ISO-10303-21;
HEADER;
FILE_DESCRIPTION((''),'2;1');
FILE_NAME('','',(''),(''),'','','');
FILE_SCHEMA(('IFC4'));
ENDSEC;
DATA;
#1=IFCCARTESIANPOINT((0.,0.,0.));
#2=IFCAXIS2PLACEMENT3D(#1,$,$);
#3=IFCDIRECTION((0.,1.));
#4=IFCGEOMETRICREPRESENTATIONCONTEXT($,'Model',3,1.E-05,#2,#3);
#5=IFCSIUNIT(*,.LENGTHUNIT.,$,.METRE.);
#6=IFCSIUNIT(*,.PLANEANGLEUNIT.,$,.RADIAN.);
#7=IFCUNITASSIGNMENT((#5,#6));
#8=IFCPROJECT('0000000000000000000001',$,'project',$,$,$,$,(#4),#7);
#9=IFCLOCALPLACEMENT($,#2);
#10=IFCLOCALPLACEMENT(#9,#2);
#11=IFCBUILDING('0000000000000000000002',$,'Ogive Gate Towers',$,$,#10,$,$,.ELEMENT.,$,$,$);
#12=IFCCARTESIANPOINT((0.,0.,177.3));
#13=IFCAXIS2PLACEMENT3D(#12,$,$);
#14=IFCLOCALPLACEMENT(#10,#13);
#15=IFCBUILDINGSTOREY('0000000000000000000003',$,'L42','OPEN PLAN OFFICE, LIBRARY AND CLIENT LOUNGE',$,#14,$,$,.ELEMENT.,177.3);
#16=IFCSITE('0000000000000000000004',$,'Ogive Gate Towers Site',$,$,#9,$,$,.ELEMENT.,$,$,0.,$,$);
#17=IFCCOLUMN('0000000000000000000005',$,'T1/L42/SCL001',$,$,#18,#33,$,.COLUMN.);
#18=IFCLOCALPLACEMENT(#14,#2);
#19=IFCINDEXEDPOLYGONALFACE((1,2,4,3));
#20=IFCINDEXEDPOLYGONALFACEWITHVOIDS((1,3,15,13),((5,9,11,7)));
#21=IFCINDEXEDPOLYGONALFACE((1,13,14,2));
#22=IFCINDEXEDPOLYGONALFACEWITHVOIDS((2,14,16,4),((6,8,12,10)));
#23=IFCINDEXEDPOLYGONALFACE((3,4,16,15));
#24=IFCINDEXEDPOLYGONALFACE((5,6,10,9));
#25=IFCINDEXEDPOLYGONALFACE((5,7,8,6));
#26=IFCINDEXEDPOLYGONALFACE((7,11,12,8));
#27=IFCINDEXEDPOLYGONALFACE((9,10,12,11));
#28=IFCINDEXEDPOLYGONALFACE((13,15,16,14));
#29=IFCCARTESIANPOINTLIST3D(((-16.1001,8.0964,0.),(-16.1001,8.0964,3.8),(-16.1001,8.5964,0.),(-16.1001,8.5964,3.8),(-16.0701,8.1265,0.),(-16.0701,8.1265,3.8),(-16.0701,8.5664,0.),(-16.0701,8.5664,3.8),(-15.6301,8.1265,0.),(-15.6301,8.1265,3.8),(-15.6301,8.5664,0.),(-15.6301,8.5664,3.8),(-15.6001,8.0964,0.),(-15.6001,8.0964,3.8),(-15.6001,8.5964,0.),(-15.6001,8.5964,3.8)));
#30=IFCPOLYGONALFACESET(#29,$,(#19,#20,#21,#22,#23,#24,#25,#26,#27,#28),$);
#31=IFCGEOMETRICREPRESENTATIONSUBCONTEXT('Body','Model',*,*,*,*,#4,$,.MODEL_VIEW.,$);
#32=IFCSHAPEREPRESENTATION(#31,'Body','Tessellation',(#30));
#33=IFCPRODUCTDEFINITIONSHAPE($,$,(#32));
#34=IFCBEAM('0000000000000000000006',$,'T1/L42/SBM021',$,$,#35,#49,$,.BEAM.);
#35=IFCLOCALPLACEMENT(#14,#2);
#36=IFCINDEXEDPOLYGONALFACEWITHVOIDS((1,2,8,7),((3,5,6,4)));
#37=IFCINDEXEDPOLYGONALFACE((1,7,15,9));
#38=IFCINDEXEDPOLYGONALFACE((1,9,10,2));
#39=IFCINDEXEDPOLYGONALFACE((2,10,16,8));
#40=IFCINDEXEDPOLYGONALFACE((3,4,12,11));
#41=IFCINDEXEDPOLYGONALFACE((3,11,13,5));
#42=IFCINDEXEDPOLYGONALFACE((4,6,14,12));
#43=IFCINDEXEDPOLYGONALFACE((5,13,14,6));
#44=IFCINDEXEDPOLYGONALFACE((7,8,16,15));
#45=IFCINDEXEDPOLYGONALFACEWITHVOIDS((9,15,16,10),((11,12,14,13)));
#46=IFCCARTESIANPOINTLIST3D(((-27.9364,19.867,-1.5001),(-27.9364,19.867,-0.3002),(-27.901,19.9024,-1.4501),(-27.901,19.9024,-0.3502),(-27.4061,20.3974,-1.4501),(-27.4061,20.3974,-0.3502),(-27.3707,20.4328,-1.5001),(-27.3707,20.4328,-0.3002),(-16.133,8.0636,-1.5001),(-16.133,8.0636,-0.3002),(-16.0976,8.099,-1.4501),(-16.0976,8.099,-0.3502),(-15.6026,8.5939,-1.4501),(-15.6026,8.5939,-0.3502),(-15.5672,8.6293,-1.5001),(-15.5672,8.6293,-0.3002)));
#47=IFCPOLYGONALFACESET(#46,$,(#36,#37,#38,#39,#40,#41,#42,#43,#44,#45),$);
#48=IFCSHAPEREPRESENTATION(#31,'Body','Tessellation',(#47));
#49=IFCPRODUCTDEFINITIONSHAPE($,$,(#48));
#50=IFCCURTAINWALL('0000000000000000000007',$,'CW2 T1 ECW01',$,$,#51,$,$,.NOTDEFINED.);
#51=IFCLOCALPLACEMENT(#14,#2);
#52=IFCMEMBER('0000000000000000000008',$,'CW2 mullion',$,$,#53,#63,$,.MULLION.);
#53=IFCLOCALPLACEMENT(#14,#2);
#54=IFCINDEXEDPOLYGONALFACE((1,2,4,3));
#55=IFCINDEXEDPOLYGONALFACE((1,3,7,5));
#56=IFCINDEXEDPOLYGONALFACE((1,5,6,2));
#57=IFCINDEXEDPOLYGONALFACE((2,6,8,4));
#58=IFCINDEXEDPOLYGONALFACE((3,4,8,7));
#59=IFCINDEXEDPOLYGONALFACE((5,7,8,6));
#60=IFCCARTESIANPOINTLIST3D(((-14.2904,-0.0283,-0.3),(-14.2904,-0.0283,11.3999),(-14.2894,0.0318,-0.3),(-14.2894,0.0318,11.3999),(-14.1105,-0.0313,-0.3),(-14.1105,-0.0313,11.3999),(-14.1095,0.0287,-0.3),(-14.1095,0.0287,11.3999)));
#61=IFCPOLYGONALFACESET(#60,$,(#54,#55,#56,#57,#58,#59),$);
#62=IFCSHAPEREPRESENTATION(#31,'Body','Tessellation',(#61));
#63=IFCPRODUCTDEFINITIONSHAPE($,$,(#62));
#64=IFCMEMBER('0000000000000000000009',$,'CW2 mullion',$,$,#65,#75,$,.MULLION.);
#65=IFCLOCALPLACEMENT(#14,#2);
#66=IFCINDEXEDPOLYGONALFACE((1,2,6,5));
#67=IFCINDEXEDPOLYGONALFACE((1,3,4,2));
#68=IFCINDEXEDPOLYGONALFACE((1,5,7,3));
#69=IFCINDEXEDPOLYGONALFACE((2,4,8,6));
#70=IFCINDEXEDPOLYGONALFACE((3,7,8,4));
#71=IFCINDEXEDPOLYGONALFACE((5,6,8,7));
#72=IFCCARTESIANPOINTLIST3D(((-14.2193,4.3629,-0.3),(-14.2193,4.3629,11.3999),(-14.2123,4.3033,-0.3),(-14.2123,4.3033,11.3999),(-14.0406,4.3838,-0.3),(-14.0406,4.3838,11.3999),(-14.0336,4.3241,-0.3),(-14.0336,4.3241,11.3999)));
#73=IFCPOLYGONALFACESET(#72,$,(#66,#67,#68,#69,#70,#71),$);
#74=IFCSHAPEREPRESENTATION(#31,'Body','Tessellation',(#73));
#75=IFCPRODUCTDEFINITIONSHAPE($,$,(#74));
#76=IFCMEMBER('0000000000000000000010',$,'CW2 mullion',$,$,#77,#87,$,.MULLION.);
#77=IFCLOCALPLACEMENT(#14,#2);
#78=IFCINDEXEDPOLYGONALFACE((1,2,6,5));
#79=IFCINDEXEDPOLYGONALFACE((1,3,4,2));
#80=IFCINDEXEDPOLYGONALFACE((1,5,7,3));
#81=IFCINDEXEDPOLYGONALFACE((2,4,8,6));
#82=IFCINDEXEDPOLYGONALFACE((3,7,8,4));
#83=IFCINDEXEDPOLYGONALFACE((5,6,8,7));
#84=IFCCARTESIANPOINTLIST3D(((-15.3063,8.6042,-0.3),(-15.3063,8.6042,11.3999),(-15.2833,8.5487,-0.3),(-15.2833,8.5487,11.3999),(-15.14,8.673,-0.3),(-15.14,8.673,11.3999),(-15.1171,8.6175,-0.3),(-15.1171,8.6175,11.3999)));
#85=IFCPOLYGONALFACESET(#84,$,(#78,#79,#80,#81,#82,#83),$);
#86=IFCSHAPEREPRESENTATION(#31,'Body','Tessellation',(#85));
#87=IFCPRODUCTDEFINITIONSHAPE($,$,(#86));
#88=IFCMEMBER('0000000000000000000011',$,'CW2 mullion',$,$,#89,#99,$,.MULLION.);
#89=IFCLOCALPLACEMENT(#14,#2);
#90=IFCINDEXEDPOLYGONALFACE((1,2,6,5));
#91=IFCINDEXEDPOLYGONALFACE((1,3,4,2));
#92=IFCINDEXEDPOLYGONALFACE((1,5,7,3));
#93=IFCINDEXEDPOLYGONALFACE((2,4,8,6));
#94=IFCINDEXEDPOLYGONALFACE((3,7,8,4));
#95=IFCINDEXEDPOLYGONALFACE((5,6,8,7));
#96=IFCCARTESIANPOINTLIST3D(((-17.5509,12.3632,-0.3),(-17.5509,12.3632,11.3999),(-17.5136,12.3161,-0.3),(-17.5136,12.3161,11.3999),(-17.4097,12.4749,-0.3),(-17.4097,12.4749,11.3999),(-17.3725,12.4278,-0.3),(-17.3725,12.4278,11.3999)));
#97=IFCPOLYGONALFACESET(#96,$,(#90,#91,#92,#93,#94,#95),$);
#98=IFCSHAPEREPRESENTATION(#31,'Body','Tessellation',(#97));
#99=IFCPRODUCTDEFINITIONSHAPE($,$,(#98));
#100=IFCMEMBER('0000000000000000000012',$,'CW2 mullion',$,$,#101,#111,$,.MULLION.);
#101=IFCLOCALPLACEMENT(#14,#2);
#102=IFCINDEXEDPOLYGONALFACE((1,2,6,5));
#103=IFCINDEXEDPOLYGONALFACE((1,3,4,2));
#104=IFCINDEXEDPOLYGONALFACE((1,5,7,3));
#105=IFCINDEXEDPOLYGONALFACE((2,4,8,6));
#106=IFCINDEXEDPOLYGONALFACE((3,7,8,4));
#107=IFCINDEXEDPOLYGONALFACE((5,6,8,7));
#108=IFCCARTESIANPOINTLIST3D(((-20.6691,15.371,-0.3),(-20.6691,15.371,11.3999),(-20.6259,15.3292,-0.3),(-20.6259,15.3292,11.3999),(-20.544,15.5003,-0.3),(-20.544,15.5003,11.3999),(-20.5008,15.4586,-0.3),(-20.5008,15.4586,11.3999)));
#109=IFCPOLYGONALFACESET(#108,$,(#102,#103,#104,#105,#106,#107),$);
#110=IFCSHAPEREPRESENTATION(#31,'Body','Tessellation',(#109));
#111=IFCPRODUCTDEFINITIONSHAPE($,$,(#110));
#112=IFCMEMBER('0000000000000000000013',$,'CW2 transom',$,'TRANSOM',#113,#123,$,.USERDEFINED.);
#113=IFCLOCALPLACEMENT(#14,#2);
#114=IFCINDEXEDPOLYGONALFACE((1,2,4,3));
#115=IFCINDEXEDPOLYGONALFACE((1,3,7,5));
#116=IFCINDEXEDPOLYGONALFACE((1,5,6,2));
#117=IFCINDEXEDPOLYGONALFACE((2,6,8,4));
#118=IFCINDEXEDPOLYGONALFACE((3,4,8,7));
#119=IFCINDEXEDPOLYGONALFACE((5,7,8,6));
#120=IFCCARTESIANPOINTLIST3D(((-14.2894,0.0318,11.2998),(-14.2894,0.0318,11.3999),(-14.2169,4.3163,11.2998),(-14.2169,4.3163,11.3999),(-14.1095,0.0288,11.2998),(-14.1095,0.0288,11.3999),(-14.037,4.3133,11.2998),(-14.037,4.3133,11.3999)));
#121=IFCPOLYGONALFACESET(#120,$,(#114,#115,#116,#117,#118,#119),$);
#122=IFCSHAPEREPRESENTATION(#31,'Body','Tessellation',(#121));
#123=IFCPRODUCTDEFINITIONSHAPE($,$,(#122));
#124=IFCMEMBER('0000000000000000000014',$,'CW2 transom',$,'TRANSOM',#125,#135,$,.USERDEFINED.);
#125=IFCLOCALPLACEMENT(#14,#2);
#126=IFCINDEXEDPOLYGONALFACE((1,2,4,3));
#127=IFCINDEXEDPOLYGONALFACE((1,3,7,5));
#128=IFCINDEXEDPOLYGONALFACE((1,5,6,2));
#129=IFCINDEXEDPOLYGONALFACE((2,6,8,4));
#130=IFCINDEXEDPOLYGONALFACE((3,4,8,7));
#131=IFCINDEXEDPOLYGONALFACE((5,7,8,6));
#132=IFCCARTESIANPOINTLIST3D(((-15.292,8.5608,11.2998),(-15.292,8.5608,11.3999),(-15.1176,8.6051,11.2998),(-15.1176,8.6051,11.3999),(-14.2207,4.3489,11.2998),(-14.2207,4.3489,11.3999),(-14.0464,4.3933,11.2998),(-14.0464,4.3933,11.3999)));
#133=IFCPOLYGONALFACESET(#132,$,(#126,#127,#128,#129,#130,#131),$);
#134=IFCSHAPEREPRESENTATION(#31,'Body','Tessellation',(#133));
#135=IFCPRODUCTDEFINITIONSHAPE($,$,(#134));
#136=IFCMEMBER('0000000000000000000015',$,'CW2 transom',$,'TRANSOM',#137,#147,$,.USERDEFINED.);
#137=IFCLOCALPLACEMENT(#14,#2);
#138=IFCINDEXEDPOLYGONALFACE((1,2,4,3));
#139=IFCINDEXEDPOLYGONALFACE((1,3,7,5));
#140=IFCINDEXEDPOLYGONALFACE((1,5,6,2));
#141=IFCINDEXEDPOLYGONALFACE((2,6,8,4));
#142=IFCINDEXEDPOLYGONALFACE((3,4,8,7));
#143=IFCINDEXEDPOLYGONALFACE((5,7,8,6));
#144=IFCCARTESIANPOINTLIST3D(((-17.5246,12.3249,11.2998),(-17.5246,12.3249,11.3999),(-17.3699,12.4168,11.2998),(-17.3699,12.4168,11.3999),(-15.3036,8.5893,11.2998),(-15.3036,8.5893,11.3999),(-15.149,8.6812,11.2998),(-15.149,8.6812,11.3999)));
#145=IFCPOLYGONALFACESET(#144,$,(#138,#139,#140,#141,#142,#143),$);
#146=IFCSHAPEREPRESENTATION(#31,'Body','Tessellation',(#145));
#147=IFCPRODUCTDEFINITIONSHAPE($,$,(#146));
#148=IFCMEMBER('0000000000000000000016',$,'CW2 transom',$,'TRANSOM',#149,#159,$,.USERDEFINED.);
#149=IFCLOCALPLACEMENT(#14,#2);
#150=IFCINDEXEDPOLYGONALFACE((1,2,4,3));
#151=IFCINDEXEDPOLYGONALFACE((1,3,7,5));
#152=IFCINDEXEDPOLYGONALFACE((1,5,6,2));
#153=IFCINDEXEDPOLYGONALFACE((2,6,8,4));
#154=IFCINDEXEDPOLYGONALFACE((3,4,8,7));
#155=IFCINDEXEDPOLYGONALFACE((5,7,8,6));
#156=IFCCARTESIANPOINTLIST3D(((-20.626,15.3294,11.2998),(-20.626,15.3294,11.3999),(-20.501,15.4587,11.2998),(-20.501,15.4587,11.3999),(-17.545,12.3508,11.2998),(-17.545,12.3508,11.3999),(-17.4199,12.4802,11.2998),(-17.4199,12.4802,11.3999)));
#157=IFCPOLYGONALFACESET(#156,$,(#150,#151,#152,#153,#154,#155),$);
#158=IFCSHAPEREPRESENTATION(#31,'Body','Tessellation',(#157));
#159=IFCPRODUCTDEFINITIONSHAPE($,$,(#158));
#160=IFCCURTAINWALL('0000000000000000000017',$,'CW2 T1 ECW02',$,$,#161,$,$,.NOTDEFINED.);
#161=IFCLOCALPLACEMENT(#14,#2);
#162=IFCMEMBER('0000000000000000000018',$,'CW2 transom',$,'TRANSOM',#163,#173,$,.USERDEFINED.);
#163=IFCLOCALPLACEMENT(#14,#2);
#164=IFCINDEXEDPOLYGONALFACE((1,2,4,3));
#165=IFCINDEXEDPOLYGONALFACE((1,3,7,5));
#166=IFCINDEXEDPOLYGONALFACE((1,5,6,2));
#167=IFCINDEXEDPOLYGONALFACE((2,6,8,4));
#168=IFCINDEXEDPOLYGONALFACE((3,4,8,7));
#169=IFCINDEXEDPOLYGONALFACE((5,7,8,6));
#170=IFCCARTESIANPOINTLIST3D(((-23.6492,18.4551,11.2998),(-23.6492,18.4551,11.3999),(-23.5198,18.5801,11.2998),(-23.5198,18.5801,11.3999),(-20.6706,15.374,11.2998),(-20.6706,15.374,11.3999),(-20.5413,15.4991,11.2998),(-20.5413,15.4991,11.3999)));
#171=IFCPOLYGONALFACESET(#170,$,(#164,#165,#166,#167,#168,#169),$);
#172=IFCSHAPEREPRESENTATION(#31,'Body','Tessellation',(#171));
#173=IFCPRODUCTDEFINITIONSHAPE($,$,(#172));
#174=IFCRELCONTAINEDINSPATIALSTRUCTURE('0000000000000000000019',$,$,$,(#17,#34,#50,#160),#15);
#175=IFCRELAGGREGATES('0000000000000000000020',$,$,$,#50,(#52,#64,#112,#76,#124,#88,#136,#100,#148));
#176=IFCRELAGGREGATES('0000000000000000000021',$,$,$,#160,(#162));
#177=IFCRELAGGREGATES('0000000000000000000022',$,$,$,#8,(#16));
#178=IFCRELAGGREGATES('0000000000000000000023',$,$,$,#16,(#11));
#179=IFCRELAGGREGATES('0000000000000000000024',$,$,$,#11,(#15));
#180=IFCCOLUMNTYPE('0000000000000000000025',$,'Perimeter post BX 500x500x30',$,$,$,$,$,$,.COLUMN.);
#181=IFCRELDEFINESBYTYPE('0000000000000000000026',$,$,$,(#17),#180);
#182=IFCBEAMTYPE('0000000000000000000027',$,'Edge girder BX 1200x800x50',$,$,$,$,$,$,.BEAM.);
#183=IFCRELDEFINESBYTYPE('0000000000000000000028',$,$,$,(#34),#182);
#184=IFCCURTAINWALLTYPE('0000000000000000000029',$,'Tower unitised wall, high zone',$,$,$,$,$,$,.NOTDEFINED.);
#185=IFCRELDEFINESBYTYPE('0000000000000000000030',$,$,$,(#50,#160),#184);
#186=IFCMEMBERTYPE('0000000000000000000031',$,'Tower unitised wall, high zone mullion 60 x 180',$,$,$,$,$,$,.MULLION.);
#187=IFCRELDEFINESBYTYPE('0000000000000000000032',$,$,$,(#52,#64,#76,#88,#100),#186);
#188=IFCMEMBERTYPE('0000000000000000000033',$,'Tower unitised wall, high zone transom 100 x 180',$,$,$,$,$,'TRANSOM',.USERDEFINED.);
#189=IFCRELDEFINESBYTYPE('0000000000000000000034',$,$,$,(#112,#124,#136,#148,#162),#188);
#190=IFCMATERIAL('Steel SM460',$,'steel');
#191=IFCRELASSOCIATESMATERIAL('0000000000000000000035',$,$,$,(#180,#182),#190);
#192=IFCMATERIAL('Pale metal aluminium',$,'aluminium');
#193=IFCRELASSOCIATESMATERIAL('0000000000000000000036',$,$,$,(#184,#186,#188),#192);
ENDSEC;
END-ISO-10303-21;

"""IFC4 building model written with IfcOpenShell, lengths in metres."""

from ifc_helpers import new_model, si_unit, direction, frame, origin, origin_2d, place, context, subcontext, project, spatial, rectangle, hollow_rectangle, extrude, material, material_profile, profile_set, type_object, element, aggregate, save


model = new_model("IFC4")

# Units and contexts
model_context = context("Model", 3, precision=1e-05, world=origin(), true_north=direction((0.0, 1.0)))
body_context = subcontext(model_context, "Body", "Model", "MODEL_VIEW")
ifc_project = project(units=[si_unit("LENGTHUNIT", "METRE"), si_unit("PLANEANGLEUNIT", "RADIAN")], contexts=[model_context])

# Site, building, storey
site_placement = place(None, origin())
site = spatial("IfcSite", under=ifc_project, at=site_placement, Name="Ogive Gate Towers Site", CompositionType="ELEMENT", RefElevation=0.0)
building_placement = place(site_placement, origin())
building = spatial("IfcBuilding", under=site, at=building_placement, Name="Ogive Gate Towers", CompositionType="ELEMENT")
storey_placement = place(building_placement, frame((0.0, 0.0, 177.3)))
storey = spatial("IfcBuildingStorey", under=building, at=storey_placement, Name="L42", Description="OPEN PLAN OFFICE, LIBRARY AND CLIENT LOUNGE", CompositionType="ELEMENT", Elevation=177.3)

# Column
ifc_material_1 = material(Name="Steel SM460", Category="steel")
ifc_material_profile_1 = material_profile(ifc_material_1, hollow_rectangle(XDim=0.5, YDim=0.5, WallThickness=0.03, at=origin_2d()), Name="BX 500x500x30")
ifc_profile_set_1 = profile_set([ifc_material_profile_1], Name="Steel SM460")
column_type = type_object("IfcColumnType", Name="Perimeter post BX 500x500x30", PredefinedType="COLUMN", material=ifc_profile_set_1)
column_placement = place(storey_placement, frame((-15.8501, 8.3464, 0.0), z_axis=(0.0, 0.0, 1.0), x_axis=(1.0, 0.0, 0.0)))
element("IfcColumn", 1, at=column_placement, inside=storey, type_object=column_type, Name="T1/L42/SCL001", PredefinedType="COLUMN", context=body_context, shape_type="SweptSolid", body=[
    extrude(hollow_rectangle(XDim=0.5, YDim=0.5, WallThickness=0.03, at=origin_2d()), origin(), (0.0, 0.0, 1.0), 3.8),
])

# Beam
ifc_material_profile_2 = material_profile(ifc_material_1, hollow_rectangle(XDim=0.8, YDim=1.2, WallThickness=0.05, at=origin_2d()), Name="BX 1200x800x50")
ifc_profile_set_2 = profile_set([ifc_material_profile_2], Name="Steel SM460")
beam_type = type_object("IfcBeamType", Name="Edge girder BX 1200x800x50", PredefinedType="BEAM", material=ifc_profile_set_2)
beam_placement = place(storey_placement, frame((-15.8501, 8.3464, -0.9001), z_axis=(-0.707107, 0.707107, 0.0), x_axis=(-0.707107, -0.707107, 0.0)))
element("IfcBeam", 2, at=beam_placement, inside=storey, type_object=beam_type, Name="T1/L42/SBM021", PredefinedType="BEAM", context=body_context, shape_type="SweptSolid", body=[
    extrude(hollow_rectangle(XDim=0.8, YDim=1.2, WallThickness=0.05, at=origin_2d()), origin(), (0.0, 0.0, 1.0), 16.6926),
])

# Curtain wall, members
ifc_material_2 = material(Name="Pale metal aluminium", Category="aluminium")
curtain_wall_type = type_object("IfcCurtainWallType", Name="Tower unitised wall, high zone", PredefinedType="NOTDEFINED", material=ifc_material_2)
curtain_wall_1_placement = place(storey_placement, origin())
curtain_wall_1 = element("IfcCurtainWall", 3, at=curtain_wall_1_placement, inside=storey, type_object=curtain_wall_type, Name="CW2 T1 ECW01", PredefinedType="NOTDEFINED")
ifc_material_profile_3 = material_profile(ifc_material_2, rectangle(XDim=0.1799, YDim=0.0601, at=origin_2d()), Name="60 x 180 aluminium box")
ifc_profile_set_3 = profile_set([ifc_material_profile_3], Name="Pale metal aluminium")
member_type_1 = type_object("IfcMemberType", Name="Tower unitised wall, high zone mullion 60 x 180", PredefinedType="MULLION", material=ifc_profile_set_3)
member_1_placement = place(storey_placement, frame((-14.2, 0.0002, -0.3), z_axis=(0.0, 0.0, 1.0), x_axis=(0.999857, -0.016911, 0.0)))
member_1 = element("IfcMember", 4, at=member_1_placement, type_object=member_type_1, Name="CW2 mullion", PredefinedType="MULLION", context=body_context, shape_type="SweptSolid", body=[
    extrude(rectangle(XDim=0.1799, YDim=0.0601, at=origin_2d()), origin(), (0.0, 0.0, 1.0), 11.7),
])
member_2_placement = place(storey_placement, frame((-14.1265, 4.3435, -0.3), z_axis=(0.0, 0.0, 1.0), x_axis=(0.993272, 0.115804, 0.0)))
member_2 = element("IfcMember", 5, at=member_2_placement, type_object=member_type_1, Name="CW2 mullion", PredefinedType="MULLION", context=body_context, shape_type="SweptSolid", body=[
    extrude(rectangle(XDim=0.1799, YDim=0.0601, at=origin_2d()), origin(), (0.0, 0.0, 1.0), 11.7),
])
member_3_placement = place(storey_placement, frame((-15.2117, 8.6108, -0.3), z_axis=(0.0, 0.0, 1.0), x_axis=(0.92388, 0.382683, 0.0)))
member_3 = element("IfcMember", 6, at=member_3_placement, type_object=member_type_1, Name="CW2 mullion", PredefinedType="MULLION", context=body_context, shape_type="SweptSolid", body=[
    extrude(rectangle(XDim=0.1799, YDim=0.0601, at=origin_2d()), origin(), (0.0, 0.0, 1.0), 11.7),
])
member_4_placement = place(storey_placement, frame((-17.4617, 12.3955, -0.3), z_axis=(0.0, 0.0, 1.0), x_axis=(0.784235, 0.620464, 0.0)))
member_4 = element("IfcMember", 7, at=member_4_placement, type_object=member_type_1, Name="CW2 mullion", PredefinedType="MULLION", context=body_context, shape_type="SweptSolid", body=[
    extrude(rectangle(XDim=0.1799, YDim=0.0601, at=origin_2d()), origin(), (0.0, 0.0, 1.0), 11.7),
])
member_5_placement = place(storey_placement, frame((-20.585, 15.4148, -0.3), z_axis=(0.0, 0.0, 1.0), x_axis=(0.695047, 0.718964, 0.0)))
member_5 = element("IfcMember", 8, at=member_5_placement, type_object=member_type_1, Name="CW2 mullion", PredefinedType="MULLION", context=body_context, shape_type="SweptSolid", body=[
    extrude(rectangle(XDim=0.1799, YDim=0.0601, at=origin_2d()), origin(), (0.0, 0.0, 1.0), 11.7),
])
ifc_material_profile_4 = material_profile(ifc_material_2, rectangle(XDim=0.1799, YDim=0.1001, at=origin_2d()), Name="100 x 180 aluminium box")
ifc_profile_set_4 = profile_set([ifc_material_profile_4], Name="Pale metal aluminium")
member_type_2 = type_object("IfcMemberType", Name="Tower unitised wall, high zone transom 100 x 180", ElementType="TRANSOM", PredefinedType="USERDEFINED", material=ifc_profile_set_4)
member_6_placement = place(storey_placement, frame((-14.1995, 0.0303, 11.3499), z_axis=(0.016922, 0.999857, 0.0), x_axis=(-0.999857, 0.016922, 0.0)))
member_6 = element("IfcMember", 9, at=member_6_placement, type_object=member_type_2, Name="CW2 transom", ObjectType="TRANSOM", PredefinedType="USERDEFINED", context=body_context, shape_type="SweptSolid", body=[
    extrude(rectangle(XDim=0.1799, YDim=0.1001, at=origin_2d()), origin(), (0.0, 0.0, 1.0), 4.2852),
])
member_7_placement = place(storey_placement, frame((-14.1335, 4.3711, 11.3499), z_axis=(-0.246499, 0.969143, 0.0), x_axis=(-0.969143, -0.246499, 0.0)))
member_7 = element("IfcMember", 10, at=member_7_placement, type_object=member_type_2, Name="CW2 transom", ObjectType="TRANSOM", PredefinedType="USERDEFINED", context=body_context, shape_type="SweptSolid", body=[
    extrude(rectangle(XDim=0.1799, YDim=0.1001, at=origin_2d()), origin(), (0.0, 0.0, 1.0), 4.3459),
])
member_8_placement = place(storey_placement, frame((-15.2263, 8.6353, 11.3499), z_axis=(-0.511038, 0.859558, 0.0), x_axis=(-0.859558, -0.511038, 0.0)))
member_8 = element("IfcMember", 11, at=member_8_placement, type_object=member_type_2, Name="CW2 transom", ObjectType="TRANSOM", PredefinedType="USERDEFINED", context=body_context, shape_type="SweptSolid", body=[
    extrude(rectangle(XDim=0.1799, YDim=0.1001, at=origin_2d()), origin(), (0.0, 0.0, 1.0), 4.3459),
])
member_9_placement = place(storey_placement, frame((-17.4824, 12.4155, 11.3499), z_axis=(-0.718969, 0.695042, 0.0), x_axis=(-0.695042, -0.718969, 0.0)))
member_9 = element("IfcMember", 12, at=member_9_placement, type_object=member_type_2, Name="CW2 transom", ObjectType="TRANSOM", PredefinedType="USERDEFINED", context=body_context, shape_type="SweptSolid", body=[
    extrude(rectangle(XDim=0.1799, YDim=0.1001, at=origin_2d()), origin(), (0.0, 0.0, 1.0), 4.2854),
])

# Curtain wall, member
curtain_wall_2_placement = place(storey_placement, origin())
curtain_wall_2 = element("IfcCurtainWall", 13, at=curtain_wall_2_placement, inside=storey, type_object=curtain_wall_type, Name="CW2 T1 ECW02", PredefinedType="NOTDEFINED")
member_10_placement = place(storey_placement, frame((-20.606, 15.4365, 11.3499), z_axis=(-0.695042, 0.718969, 0.0), x_axis=(-0.718969, -0.695042, 0.0)))
member_10 = element("IfcMember", 14, at=member_10_placement, type_object=member_type_2, Name="CW2 transom", ObjectType="TRANSOM", PredefinedType="USERDEFINED", context=body_context, shape_type="SweptSolid", body=[
    extrude(rectangle(XDim=0.1799, YDim=0.1001, at=origin_2d()), origin(), (0.0, 0.0, 1.0), 4.2854),
])

aggregate(curtain_wall_1, [member_1, member_2, member_6, member_3, member_7, member_4, member_8, member_5, member_9])
aggregate(curtain_wall_2, [member_10])

save(model, "model.ifc")
